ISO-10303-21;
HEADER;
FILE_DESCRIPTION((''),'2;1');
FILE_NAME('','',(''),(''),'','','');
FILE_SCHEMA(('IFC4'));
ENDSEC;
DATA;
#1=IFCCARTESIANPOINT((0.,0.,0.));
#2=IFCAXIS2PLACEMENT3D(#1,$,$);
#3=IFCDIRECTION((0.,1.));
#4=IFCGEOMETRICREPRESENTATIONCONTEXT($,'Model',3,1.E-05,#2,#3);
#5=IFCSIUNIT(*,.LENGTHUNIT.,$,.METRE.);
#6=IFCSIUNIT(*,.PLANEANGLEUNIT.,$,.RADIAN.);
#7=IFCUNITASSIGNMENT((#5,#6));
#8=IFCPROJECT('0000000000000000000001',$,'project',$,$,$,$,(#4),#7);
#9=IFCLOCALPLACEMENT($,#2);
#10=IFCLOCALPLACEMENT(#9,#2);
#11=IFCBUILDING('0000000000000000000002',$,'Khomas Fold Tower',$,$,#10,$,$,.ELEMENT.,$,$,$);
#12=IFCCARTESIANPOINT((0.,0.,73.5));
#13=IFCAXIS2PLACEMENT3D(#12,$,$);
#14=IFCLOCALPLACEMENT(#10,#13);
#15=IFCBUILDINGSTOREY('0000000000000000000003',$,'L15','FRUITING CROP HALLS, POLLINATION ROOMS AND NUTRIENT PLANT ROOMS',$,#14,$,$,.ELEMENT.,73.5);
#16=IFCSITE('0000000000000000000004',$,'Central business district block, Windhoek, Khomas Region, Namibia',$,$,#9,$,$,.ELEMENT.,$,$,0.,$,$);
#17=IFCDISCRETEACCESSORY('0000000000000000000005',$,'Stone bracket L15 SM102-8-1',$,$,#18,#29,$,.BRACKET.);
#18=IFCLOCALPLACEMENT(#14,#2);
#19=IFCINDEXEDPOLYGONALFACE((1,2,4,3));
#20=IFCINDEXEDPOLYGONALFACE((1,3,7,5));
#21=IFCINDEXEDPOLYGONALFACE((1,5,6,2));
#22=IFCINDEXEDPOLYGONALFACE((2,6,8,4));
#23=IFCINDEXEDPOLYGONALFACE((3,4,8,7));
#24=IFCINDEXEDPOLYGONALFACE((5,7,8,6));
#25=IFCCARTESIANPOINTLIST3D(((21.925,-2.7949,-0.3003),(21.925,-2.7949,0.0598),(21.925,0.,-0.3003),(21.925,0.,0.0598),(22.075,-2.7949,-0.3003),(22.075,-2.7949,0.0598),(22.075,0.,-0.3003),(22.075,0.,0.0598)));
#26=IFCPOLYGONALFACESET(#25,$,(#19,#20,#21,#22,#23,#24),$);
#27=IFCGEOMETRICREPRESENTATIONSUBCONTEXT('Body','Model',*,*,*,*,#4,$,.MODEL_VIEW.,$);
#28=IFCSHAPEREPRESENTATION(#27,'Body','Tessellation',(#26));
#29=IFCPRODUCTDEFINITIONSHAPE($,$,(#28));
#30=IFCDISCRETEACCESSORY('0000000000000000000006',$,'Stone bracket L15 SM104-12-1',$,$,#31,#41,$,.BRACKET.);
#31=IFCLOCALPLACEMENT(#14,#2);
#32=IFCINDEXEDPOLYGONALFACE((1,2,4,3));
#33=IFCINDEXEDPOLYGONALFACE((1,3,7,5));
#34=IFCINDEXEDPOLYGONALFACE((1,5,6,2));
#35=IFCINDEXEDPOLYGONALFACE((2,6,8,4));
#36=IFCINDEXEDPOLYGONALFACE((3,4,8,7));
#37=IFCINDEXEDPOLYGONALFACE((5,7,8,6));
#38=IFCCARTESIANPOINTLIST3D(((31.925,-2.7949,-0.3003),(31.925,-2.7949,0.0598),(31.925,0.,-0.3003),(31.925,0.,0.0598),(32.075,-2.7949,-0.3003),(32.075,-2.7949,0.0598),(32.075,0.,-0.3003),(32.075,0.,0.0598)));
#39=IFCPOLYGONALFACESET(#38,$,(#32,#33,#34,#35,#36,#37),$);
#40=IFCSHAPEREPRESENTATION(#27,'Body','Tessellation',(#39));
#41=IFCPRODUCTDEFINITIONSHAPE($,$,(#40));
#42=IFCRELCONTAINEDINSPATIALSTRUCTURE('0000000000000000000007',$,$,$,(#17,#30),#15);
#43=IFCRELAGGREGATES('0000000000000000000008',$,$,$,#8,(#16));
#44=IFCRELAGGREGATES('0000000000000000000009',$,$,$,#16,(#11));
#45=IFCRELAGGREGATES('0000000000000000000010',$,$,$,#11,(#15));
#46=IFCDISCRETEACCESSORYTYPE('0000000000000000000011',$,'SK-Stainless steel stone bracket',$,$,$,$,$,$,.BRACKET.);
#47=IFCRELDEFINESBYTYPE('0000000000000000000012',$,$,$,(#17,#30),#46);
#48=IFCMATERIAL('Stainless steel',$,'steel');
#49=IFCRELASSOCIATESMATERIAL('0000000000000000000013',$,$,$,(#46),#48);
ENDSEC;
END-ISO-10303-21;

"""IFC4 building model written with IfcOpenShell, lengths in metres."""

from ifc_helpers import new_model, si_unit, direction, frame, origin, origin_2d, place, context, subcontext, project, spatial, rectangle, extrude, source, transform, mapped, material, type_object, element, save


model = new_model("IFC4")

# Units and contexts
model_context = context("Model", 3, precision=1e-05, world=origin(), true_north=direction((0.0, 1.0)))
body_context = subcontext(model_context, "Body", "Model", "MODEL_VIEW")
ifc_project = project(units=[si_unit("LENGTHUNIT", "METRE"), si_unit("PLANEANGLEUNIT", "RADIAN")], contexts=[model_context])

# Site, building, storey
site_placement = place(None, origin())
site = spatial("IfcSite", under=ifc_project, at=site_placement, Name="Central business district block, Windhoek, Khomas Region, Namibia", CompositionType="ELEMENT", RefElevation=0.0)
building_placement = place(site_placement, origin())
building = spatial("IfcBuilding", under=site, at=building_placement, Name="Khomas Fold Tower", CompositionType="ELEMENT")
storey_placement = place(building_placement, frame((0.0, 0.0, 73.5)))
storey = spatial("IfcBuildingStorey", under=building, at=storey_placement, Name="L15", Description="FRUITING CROP HALLS, POLLINATION ROOMS AND NUTRIENT PLANT ROOMS", CompositionType="ELEMENT", Elevation=73.5)

# Discrete accessories
ifc_material_1 = material(Name="Stainless steel", Category="steel")
discrete_accessory_type = type_object("IfcDiscreteAccessoryType", Name="SK-Stainless steel stone bracket", PredefinedType="BRACKET", material=ifc_material_1)
shared_shape_1 = source(origin(), body_context, "Body", "SweptSolid", [
    extrude(rectangle(XDim=2.7949, YDim=0.1499, at=origin_2d()), origin(), (0.0, 0.0, 1.0), 0.3601),
])
for number, where, z_axis, x_axis, name in (
    (1, (22.0, -1.3975, -0.3003), (0.0, 0.0, 1.0), (0.0, -1.0, 0.0), "Stone bracket L15 SM102-8-1"),
    (2, (32.0, -1.3975, -0.3003), (0.0, 0.0, 1.0), (0.0, -1.0, 0.0), "Stone bracket L15 SM104-12-1"),
):
    element("IfcDiscreteAccessory", number, at=place(storey_placement, frame(where, z_axis=z_axis, x_axis=x_axis)), inside=storey, type_object=discrete_accessory_type, Name=name, PredefinedType="BRACKET", context=body_context, shape_type="MappedRepresentation", body=[
        mapped(shared_shape_1, transform((0.0, 0.0, 0.0))),
    ])

save(model, "model.ifc")
